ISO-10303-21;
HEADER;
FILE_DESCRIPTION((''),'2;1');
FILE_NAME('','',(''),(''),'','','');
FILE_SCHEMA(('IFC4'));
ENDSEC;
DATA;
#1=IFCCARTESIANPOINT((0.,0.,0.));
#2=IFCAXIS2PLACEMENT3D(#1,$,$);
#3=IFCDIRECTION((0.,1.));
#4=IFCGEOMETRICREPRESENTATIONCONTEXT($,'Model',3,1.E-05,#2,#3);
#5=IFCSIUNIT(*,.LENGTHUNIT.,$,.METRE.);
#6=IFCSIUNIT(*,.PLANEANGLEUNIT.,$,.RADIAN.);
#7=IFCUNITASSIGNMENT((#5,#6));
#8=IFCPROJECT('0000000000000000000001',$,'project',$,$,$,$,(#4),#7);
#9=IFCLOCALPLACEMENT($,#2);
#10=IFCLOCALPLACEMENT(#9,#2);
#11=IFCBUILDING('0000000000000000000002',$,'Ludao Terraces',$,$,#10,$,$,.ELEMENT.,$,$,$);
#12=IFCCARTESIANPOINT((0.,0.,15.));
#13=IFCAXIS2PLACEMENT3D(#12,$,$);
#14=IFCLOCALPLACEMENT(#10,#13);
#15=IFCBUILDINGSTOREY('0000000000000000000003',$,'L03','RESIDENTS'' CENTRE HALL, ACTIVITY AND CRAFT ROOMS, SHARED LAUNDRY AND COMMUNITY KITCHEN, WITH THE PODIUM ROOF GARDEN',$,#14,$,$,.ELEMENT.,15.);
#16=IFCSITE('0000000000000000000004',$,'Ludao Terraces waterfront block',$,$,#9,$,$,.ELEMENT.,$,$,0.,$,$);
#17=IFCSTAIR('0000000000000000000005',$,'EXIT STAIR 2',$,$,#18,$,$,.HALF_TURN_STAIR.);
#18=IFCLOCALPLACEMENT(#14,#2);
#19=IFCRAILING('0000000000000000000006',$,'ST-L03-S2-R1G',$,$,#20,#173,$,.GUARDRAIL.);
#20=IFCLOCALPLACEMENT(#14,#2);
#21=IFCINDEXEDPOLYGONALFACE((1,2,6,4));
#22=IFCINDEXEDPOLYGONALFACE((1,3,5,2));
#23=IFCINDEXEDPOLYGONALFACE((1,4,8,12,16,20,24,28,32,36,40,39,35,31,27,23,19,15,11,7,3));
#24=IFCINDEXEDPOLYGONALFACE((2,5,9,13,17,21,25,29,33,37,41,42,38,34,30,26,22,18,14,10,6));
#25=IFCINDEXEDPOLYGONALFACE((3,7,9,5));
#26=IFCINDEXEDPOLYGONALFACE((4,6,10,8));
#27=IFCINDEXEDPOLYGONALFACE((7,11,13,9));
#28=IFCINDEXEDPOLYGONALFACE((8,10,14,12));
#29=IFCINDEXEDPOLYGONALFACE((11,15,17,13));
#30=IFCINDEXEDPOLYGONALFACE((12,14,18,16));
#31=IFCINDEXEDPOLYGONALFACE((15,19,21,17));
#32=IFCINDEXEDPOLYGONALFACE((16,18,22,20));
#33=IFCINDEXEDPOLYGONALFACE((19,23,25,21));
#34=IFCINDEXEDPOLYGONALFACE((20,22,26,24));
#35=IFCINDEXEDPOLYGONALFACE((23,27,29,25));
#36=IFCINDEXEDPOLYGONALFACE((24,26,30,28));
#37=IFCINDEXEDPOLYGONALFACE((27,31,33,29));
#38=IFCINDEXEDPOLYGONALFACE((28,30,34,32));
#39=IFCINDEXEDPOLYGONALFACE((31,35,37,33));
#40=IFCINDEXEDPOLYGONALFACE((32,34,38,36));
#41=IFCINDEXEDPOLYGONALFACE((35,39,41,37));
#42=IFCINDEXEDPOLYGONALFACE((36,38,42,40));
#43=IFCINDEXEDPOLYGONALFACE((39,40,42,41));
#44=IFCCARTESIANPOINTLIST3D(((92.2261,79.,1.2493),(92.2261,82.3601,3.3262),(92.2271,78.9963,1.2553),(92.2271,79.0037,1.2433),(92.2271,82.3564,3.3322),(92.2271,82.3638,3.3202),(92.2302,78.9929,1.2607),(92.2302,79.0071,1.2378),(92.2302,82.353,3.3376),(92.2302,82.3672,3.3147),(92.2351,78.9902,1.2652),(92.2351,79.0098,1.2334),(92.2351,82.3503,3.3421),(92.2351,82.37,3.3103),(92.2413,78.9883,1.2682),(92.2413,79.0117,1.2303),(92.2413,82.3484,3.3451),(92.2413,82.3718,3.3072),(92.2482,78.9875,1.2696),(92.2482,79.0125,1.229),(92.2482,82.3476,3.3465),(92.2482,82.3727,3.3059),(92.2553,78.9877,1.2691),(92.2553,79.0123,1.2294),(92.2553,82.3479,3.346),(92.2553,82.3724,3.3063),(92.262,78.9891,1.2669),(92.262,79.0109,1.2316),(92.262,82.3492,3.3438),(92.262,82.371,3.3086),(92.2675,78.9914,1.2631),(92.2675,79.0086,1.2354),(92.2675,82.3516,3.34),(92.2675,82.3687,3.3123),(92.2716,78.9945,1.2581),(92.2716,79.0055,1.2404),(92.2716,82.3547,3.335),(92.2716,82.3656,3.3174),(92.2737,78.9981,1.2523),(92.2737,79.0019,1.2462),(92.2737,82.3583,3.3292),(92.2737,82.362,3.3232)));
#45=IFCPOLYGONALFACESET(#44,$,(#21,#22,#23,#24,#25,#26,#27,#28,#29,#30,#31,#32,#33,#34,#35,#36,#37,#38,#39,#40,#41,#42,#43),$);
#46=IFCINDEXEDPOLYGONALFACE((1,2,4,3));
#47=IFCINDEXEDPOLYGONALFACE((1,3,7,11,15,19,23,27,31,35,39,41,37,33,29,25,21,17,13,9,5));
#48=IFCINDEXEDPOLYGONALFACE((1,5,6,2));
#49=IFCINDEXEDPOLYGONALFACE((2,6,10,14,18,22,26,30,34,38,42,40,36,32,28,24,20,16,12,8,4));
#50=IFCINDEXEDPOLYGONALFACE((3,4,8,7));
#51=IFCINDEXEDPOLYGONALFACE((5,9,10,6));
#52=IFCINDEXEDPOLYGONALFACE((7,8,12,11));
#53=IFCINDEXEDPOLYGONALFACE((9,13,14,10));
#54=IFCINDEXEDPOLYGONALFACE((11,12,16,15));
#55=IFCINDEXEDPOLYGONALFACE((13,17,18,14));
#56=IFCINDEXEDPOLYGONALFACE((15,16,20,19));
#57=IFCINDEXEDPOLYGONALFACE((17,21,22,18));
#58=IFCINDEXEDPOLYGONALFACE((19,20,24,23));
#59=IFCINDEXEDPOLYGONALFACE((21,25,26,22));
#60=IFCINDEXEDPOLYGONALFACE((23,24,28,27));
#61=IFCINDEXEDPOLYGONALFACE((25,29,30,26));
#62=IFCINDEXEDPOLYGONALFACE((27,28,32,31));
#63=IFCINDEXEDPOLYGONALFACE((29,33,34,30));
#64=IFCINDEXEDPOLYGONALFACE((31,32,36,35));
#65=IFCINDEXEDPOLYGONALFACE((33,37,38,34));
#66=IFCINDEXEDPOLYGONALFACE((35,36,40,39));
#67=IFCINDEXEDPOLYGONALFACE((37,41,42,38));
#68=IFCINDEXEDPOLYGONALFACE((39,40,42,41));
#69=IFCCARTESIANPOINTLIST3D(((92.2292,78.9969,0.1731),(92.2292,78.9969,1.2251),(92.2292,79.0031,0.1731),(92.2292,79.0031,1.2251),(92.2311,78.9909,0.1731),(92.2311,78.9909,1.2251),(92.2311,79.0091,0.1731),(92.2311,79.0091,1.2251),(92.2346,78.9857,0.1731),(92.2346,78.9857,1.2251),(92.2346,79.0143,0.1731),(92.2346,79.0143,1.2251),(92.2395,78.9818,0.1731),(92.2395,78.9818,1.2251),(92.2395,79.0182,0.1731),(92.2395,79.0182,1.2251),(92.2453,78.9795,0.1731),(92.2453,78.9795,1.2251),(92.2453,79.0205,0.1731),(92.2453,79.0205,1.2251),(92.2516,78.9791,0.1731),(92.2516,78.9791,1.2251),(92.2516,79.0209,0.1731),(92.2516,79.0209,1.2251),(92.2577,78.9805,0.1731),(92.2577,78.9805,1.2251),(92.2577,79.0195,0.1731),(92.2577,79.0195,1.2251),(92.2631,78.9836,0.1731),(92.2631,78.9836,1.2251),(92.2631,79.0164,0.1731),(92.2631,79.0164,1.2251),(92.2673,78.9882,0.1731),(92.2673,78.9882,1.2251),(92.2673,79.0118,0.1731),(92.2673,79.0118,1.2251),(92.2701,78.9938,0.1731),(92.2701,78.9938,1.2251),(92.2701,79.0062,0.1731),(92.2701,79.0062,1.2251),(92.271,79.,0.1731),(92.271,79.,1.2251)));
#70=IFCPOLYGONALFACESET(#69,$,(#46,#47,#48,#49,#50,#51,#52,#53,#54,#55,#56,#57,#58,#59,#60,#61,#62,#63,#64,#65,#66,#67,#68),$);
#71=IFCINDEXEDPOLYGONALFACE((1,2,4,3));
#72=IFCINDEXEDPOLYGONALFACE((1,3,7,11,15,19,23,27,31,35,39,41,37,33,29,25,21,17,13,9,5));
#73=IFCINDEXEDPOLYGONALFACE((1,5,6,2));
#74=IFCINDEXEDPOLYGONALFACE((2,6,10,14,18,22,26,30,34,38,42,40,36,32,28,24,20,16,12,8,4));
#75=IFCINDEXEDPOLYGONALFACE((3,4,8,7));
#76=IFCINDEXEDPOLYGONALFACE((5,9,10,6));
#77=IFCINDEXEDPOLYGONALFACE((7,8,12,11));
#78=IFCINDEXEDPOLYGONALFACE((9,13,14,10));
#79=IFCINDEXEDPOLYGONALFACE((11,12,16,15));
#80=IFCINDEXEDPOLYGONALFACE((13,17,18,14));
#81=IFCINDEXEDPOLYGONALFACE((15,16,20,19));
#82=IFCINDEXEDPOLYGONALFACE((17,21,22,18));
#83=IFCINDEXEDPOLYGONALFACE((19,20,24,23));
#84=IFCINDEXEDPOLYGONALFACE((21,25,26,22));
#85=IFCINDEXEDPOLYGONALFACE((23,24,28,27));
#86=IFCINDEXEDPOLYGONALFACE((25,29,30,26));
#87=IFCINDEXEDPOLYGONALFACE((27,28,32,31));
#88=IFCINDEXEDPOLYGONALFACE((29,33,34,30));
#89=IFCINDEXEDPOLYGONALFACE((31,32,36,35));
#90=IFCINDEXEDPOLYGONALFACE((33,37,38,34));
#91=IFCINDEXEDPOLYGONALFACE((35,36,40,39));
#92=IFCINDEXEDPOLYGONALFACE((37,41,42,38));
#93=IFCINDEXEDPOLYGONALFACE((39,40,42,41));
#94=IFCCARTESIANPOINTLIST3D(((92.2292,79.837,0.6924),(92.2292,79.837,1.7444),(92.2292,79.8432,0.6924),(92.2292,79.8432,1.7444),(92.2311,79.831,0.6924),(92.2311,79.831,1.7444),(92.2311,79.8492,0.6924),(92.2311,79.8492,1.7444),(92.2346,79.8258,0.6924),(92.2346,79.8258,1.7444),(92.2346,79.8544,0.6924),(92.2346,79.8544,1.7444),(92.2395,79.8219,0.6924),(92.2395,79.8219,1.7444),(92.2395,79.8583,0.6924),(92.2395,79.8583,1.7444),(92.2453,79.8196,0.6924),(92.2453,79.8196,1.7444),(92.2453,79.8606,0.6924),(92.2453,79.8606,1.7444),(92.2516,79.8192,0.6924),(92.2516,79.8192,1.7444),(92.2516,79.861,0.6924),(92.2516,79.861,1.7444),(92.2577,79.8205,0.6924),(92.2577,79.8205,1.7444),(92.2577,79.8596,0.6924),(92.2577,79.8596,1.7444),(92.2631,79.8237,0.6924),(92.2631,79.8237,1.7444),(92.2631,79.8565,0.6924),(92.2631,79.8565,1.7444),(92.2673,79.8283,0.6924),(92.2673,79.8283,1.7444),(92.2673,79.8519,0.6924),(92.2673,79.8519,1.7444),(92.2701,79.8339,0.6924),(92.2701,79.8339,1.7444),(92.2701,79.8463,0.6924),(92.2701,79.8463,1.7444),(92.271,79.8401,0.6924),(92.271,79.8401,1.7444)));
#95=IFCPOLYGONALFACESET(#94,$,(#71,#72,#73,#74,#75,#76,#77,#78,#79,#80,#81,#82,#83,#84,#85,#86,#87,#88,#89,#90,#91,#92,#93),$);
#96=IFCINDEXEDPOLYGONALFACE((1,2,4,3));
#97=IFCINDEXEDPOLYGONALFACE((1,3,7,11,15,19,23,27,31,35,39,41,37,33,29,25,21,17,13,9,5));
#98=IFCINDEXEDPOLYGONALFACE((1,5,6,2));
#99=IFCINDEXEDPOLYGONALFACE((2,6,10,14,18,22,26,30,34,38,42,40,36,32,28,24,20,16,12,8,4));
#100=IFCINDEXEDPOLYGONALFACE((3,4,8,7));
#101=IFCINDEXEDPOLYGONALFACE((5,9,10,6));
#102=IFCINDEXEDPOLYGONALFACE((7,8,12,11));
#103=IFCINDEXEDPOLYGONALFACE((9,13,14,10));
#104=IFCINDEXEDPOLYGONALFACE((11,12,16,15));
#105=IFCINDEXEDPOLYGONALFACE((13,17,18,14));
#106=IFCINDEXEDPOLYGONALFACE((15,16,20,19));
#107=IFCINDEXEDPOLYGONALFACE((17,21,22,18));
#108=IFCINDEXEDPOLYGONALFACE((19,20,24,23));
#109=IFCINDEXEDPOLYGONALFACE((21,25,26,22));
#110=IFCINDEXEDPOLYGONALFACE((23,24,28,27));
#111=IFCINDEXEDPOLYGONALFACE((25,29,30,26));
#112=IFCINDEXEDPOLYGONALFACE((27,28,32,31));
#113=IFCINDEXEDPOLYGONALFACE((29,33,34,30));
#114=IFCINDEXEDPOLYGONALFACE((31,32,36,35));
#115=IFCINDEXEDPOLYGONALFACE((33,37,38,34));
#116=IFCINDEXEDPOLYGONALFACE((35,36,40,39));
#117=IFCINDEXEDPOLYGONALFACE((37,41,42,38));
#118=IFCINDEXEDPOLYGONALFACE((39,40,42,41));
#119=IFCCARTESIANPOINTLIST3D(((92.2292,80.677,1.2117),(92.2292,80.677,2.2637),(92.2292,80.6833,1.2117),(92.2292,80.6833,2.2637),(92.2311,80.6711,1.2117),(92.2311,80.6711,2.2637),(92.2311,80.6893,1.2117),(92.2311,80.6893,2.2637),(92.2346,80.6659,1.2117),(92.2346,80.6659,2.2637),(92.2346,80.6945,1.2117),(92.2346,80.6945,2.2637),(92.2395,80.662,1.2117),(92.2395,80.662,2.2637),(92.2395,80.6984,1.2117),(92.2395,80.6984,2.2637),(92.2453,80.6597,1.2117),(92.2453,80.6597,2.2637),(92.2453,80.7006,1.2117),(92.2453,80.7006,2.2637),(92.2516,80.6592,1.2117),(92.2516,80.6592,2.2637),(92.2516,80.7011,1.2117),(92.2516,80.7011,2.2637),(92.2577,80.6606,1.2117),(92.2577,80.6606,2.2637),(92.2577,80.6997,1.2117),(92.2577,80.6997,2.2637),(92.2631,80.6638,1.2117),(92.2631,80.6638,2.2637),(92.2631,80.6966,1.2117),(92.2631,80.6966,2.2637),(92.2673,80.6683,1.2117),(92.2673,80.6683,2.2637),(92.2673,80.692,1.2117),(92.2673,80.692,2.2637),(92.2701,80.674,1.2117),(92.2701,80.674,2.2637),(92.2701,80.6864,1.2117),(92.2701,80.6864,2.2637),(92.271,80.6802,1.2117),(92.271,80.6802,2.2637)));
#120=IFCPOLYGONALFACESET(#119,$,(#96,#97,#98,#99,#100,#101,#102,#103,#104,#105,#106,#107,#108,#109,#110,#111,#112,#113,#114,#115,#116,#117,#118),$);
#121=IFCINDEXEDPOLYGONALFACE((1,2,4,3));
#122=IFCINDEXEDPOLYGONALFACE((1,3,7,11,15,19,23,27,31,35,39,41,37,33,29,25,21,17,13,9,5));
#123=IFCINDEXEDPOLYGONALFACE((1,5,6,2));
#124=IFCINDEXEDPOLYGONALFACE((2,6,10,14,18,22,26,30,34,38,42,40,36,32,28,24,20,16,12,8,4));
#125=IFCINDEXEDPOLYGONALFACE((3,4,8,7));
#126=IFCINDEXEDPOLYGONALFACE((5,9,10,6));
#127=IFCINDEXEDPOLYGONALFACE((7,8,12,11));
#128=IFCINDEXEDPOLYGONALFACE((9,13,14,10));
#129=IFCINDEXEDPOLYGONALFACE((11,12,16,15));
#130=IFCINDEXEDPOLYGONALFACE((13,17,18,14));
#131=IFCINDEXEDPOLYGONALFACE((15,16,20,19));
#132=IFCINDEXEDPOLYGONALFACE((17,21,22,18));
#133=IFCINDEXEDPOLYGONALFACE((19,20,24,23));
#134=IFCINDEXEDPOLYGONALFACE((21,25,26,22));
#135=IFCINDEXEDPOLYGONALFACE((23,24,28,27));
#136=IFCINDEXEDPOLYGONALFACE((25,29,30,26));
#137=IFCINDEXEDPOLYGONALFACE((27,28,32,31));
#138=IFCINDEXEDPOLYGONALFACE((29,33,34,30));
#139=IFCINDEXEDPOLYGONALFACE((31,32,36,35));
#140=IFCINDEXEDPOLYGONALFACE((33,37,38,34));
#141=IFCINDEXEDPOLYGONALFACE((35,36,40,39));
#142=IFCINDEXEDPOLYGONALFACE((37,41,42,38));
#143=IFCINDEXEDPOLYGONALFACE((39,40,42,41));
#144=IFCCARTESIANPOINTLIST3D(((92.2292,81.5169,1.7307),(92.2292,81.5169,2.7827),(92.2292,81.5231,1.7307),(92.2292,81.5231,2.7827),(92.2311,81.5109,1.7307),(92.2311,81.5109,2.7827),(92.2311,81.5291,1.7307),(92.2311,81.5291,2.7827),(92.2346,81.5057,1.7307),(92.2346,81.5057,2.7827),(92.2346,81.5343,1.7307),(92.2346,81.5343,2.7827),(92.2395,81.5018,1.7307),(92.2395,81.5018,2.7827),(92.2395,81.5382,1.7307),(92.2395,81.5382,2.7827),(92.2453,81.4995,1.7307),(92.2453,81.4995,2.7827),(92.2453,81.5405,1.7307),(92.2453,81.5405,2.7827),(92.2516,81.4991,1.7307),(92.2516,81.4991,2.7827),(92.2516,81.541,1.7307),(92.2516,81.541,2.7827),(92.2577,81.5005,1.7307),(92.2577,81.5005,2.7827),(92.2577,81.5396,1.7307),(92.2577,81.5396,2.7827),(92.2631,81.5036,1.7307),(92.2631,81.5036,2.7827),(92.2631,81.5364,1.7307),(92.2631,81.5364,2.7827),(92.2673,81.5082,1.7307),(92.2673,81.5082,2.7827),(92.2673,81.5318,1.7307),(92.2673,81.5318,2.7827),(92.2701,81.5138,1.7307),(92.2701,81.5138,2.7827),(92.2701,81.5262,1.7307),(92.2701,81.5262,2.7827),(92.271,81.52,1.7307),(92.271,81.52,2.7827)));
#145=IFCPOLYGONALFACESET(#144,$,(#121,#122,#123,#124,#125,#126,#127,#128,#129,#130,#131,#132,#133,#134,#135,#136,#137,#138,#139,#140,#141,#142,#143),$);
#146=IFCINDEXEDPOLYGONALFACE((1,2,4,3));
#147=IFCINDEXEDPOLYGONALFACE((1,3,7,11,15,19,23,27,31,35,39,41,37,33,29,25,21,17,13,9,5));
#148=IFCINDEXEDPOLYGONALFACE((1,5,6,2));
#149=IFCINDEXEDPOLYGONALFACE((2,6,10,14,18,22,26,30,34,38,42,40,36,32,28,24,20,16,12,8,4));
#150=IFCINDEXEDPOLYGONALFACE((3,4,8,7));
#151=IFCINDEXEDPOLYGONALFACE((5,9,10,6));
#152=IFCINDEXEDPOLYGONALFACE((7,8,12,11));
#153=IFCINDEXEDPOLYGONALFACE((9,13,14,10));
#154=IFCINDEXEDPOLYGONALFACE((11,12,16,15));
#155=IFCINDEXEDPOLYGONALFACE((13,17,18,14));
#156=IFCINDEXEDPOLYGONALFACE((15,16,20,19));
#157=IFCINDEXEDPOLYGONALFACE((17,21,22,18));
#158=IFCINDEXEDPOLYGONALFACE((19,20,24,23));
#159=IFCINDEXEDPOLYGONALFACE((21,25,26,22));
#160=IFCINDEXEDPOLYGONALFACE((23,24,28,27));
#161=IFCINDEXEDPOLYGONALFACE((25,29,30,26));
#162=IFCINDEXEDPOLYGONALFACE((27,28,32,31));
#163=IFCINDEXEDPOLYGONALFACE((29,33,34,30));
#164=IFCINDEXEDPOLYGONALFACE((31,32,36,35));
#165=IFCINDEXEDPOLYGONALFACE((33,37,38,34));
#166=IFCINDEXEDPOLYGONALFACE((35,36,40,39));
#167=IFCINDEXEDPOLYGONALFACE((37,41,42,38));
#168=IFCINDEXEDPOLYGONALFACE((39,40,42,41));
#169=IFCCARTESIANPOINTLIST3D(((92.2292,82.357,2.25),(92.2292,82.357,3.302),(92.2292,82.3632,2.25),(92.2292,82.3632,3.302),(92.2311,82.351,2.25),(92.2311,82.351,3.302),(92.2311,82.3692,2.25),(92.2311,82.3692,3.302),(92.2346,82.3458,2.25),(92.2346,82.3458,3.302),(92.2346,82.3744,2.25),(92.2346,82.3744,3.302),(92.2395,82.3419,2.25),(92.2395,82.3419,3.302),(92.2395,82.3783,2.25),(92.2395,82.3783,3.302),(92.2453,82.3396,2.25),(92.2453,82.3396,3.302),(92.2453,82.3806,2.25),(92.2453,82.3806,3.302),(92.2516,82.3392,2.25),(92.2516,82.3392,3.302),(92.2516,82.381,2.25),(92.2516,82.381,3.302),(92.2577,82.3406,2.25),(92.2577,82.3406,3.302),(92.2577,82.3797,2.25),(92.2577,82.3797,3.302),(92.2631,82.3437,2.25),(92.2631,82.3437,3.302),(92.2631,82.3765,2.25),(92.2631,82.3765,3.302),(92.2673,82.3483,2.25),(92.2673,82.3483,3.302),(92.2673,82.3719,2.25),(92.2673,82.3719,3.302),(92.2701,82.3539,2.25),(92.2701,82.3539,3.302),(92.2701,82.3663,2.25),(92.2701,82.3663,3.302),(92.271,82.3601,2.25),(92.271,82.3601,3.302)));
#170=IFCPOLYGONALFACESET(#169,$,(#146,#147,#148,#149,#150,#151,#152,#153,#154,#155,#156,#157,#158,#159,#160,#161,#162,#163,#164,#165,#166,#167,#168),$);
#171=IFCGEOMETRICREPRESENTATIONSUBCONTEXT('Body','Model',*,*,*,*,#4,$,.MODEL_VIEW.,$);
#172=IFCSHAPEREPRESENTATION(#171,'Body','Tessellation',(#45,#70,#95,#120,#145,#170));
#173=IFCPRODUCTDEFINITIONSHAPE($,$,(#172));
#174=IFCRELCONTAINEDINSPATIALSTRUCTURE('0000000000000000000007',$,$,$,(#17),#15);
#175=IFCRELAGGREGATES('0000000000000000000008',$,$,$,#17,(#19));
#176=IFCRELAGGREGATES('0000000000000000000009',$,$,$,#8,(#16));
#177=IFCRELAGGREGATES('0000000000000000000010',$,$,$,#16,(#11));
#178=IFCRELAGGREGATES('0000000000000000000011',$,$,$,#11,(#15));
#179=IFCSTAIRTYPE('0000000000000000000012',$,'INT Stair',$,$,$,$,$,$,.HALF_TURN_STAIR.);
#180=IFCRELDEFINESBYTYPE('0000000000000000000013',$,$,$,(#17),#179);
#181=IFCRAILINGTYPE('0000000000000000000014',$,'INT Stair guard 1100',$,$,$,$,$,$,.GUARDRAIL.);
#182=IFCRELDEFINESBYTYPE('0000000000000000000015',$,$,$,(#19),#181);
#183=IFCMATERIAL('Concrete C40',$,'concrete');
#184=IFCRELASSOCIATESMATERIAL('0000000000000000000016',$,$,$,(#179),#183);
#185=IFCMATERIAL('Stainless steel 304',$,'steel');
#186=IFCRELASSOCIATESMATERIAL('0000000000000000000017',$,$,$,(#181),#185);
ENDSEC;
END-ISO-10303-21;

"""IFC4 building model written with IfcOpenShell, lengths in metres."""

from ifc_helpers import new_model, si_unit, direction, frame, origin, origin_2d, place, context, subcontext, project, spatial, circle, extrude, material, type_object, element, aggregate, save


model = new_model("IFC4")

# Units and contexts
model_context = context("Model", 3, precision=1e-05, world=origin(), true_north=direction((0.0, 1.0)))
body_context = subcontext(model_context, "Body", "Model", "MODEL_VIEW")
ifc_project = project(units=[si_unit("LENGTHUNIT", "METRE"), si_unit("PLANEANGLEUNIT", "RADIAN")], contexts=[model_context])

# Site, building, storey
site_placement = place(None, origin())
site = spatial("IfcSite", under=ifc_project, at=site_placement, Name="Ludao Terraces waterfront block", CompositionType="ELEMENT", RefElevation=0.0)
building_placement = place(site_placement, origin())
building = spatial("IfcBuilding", under=site, at=building_placement, Name="Ludao Terraces", CompositionType="ELEMENT")
storey_placement = place(building_placement, frame((0.0, 0.0, 15.0)))
storey = spatial("IfcBuildingStorey", under=building, at=storey_placement, Name="L03", Description="RESIDENTS' CENTRE HALL, ACTIVITY AND CRAFT ROOMS, SHARED LAUNDRY AND COMMUNITY KITCHEN, WITH THE PODIUM ROOF GARDEN", CompositionType="ELEMENT", Elevation=15.0)

# Stair, railing
ifc_material_1 = material(Name="Concrete C40", Category="concrete")
stair_type = type_object("IfcStairType", Name="INT Stair", PredefinedType="HALF_TURN_STAIR", material=ifc_material_1)
stair_placement = place(storey_placement, origin())
stair = element("IfcStair", 1, at=stair_placement, inside=storey, type_object=stair_type, Name="EXIT STAIR 2", PredefinedType="HALF_TURN_STAIR")
ifc_material_2 = material(Name="Stainless steel 304", Category="steel")
railing_type_1 = type_object("IfcRailingType", Name="INT Stair guard 1100", PredefinedType="GUARDRAIL", material=ifc_material_2)
railing_1_placement = place(storey_placement, frame((92.25, 79.0, 0.1731)))
railing_1 = element("IfcRailing", 2, at=railing_1_placement, type_object=railing_type_1, Name="ST-L03-S2-R1G", PredefinedType="GUARDRAIL", context=body_context, shape_type="SweptSolid", body=[
    extrude(circle(Radius=0.0239, at=origin_2d()), frame((0.0, 0.0, 1.0762), z_axis=(0.0, 0.850623, 0.525776), x_axis=(-1.0, 0.0, 0.0)), (0.0, 0.0, 1.0), 3.9502),
    extrude(circle(Radius=0.021, at=origin_2d()), origin(), (0.0, 0.0, 1.0), 1.052),
    extrude(circle(Radius=0.021, at=origin_2d()), frame((0.0, 0.8401, 0.5193)), (0.0, 0.0, 1.0), 1.052),
    extrude(circle(Radius=0.021, at=origin_2d()), frame((0.0, 1.6802, 1.0386)), (0.0, 0.0, 1.0), 1.052),
    extrude(circle(Radius=0.021, at=origin_2d()), frame((0.0, 2.52, 1.5576)), (0.0, 0.0, 1.0), 1.052),
    extrude(circle(Radius=0.021, at=origin_2d()), frame((0.0, 3.3601, 2.0769)), (0.0, 0.0, 1.0), 1.052),
])
aggregate(stair, [railing_1])

save(model, "model.ifc")
